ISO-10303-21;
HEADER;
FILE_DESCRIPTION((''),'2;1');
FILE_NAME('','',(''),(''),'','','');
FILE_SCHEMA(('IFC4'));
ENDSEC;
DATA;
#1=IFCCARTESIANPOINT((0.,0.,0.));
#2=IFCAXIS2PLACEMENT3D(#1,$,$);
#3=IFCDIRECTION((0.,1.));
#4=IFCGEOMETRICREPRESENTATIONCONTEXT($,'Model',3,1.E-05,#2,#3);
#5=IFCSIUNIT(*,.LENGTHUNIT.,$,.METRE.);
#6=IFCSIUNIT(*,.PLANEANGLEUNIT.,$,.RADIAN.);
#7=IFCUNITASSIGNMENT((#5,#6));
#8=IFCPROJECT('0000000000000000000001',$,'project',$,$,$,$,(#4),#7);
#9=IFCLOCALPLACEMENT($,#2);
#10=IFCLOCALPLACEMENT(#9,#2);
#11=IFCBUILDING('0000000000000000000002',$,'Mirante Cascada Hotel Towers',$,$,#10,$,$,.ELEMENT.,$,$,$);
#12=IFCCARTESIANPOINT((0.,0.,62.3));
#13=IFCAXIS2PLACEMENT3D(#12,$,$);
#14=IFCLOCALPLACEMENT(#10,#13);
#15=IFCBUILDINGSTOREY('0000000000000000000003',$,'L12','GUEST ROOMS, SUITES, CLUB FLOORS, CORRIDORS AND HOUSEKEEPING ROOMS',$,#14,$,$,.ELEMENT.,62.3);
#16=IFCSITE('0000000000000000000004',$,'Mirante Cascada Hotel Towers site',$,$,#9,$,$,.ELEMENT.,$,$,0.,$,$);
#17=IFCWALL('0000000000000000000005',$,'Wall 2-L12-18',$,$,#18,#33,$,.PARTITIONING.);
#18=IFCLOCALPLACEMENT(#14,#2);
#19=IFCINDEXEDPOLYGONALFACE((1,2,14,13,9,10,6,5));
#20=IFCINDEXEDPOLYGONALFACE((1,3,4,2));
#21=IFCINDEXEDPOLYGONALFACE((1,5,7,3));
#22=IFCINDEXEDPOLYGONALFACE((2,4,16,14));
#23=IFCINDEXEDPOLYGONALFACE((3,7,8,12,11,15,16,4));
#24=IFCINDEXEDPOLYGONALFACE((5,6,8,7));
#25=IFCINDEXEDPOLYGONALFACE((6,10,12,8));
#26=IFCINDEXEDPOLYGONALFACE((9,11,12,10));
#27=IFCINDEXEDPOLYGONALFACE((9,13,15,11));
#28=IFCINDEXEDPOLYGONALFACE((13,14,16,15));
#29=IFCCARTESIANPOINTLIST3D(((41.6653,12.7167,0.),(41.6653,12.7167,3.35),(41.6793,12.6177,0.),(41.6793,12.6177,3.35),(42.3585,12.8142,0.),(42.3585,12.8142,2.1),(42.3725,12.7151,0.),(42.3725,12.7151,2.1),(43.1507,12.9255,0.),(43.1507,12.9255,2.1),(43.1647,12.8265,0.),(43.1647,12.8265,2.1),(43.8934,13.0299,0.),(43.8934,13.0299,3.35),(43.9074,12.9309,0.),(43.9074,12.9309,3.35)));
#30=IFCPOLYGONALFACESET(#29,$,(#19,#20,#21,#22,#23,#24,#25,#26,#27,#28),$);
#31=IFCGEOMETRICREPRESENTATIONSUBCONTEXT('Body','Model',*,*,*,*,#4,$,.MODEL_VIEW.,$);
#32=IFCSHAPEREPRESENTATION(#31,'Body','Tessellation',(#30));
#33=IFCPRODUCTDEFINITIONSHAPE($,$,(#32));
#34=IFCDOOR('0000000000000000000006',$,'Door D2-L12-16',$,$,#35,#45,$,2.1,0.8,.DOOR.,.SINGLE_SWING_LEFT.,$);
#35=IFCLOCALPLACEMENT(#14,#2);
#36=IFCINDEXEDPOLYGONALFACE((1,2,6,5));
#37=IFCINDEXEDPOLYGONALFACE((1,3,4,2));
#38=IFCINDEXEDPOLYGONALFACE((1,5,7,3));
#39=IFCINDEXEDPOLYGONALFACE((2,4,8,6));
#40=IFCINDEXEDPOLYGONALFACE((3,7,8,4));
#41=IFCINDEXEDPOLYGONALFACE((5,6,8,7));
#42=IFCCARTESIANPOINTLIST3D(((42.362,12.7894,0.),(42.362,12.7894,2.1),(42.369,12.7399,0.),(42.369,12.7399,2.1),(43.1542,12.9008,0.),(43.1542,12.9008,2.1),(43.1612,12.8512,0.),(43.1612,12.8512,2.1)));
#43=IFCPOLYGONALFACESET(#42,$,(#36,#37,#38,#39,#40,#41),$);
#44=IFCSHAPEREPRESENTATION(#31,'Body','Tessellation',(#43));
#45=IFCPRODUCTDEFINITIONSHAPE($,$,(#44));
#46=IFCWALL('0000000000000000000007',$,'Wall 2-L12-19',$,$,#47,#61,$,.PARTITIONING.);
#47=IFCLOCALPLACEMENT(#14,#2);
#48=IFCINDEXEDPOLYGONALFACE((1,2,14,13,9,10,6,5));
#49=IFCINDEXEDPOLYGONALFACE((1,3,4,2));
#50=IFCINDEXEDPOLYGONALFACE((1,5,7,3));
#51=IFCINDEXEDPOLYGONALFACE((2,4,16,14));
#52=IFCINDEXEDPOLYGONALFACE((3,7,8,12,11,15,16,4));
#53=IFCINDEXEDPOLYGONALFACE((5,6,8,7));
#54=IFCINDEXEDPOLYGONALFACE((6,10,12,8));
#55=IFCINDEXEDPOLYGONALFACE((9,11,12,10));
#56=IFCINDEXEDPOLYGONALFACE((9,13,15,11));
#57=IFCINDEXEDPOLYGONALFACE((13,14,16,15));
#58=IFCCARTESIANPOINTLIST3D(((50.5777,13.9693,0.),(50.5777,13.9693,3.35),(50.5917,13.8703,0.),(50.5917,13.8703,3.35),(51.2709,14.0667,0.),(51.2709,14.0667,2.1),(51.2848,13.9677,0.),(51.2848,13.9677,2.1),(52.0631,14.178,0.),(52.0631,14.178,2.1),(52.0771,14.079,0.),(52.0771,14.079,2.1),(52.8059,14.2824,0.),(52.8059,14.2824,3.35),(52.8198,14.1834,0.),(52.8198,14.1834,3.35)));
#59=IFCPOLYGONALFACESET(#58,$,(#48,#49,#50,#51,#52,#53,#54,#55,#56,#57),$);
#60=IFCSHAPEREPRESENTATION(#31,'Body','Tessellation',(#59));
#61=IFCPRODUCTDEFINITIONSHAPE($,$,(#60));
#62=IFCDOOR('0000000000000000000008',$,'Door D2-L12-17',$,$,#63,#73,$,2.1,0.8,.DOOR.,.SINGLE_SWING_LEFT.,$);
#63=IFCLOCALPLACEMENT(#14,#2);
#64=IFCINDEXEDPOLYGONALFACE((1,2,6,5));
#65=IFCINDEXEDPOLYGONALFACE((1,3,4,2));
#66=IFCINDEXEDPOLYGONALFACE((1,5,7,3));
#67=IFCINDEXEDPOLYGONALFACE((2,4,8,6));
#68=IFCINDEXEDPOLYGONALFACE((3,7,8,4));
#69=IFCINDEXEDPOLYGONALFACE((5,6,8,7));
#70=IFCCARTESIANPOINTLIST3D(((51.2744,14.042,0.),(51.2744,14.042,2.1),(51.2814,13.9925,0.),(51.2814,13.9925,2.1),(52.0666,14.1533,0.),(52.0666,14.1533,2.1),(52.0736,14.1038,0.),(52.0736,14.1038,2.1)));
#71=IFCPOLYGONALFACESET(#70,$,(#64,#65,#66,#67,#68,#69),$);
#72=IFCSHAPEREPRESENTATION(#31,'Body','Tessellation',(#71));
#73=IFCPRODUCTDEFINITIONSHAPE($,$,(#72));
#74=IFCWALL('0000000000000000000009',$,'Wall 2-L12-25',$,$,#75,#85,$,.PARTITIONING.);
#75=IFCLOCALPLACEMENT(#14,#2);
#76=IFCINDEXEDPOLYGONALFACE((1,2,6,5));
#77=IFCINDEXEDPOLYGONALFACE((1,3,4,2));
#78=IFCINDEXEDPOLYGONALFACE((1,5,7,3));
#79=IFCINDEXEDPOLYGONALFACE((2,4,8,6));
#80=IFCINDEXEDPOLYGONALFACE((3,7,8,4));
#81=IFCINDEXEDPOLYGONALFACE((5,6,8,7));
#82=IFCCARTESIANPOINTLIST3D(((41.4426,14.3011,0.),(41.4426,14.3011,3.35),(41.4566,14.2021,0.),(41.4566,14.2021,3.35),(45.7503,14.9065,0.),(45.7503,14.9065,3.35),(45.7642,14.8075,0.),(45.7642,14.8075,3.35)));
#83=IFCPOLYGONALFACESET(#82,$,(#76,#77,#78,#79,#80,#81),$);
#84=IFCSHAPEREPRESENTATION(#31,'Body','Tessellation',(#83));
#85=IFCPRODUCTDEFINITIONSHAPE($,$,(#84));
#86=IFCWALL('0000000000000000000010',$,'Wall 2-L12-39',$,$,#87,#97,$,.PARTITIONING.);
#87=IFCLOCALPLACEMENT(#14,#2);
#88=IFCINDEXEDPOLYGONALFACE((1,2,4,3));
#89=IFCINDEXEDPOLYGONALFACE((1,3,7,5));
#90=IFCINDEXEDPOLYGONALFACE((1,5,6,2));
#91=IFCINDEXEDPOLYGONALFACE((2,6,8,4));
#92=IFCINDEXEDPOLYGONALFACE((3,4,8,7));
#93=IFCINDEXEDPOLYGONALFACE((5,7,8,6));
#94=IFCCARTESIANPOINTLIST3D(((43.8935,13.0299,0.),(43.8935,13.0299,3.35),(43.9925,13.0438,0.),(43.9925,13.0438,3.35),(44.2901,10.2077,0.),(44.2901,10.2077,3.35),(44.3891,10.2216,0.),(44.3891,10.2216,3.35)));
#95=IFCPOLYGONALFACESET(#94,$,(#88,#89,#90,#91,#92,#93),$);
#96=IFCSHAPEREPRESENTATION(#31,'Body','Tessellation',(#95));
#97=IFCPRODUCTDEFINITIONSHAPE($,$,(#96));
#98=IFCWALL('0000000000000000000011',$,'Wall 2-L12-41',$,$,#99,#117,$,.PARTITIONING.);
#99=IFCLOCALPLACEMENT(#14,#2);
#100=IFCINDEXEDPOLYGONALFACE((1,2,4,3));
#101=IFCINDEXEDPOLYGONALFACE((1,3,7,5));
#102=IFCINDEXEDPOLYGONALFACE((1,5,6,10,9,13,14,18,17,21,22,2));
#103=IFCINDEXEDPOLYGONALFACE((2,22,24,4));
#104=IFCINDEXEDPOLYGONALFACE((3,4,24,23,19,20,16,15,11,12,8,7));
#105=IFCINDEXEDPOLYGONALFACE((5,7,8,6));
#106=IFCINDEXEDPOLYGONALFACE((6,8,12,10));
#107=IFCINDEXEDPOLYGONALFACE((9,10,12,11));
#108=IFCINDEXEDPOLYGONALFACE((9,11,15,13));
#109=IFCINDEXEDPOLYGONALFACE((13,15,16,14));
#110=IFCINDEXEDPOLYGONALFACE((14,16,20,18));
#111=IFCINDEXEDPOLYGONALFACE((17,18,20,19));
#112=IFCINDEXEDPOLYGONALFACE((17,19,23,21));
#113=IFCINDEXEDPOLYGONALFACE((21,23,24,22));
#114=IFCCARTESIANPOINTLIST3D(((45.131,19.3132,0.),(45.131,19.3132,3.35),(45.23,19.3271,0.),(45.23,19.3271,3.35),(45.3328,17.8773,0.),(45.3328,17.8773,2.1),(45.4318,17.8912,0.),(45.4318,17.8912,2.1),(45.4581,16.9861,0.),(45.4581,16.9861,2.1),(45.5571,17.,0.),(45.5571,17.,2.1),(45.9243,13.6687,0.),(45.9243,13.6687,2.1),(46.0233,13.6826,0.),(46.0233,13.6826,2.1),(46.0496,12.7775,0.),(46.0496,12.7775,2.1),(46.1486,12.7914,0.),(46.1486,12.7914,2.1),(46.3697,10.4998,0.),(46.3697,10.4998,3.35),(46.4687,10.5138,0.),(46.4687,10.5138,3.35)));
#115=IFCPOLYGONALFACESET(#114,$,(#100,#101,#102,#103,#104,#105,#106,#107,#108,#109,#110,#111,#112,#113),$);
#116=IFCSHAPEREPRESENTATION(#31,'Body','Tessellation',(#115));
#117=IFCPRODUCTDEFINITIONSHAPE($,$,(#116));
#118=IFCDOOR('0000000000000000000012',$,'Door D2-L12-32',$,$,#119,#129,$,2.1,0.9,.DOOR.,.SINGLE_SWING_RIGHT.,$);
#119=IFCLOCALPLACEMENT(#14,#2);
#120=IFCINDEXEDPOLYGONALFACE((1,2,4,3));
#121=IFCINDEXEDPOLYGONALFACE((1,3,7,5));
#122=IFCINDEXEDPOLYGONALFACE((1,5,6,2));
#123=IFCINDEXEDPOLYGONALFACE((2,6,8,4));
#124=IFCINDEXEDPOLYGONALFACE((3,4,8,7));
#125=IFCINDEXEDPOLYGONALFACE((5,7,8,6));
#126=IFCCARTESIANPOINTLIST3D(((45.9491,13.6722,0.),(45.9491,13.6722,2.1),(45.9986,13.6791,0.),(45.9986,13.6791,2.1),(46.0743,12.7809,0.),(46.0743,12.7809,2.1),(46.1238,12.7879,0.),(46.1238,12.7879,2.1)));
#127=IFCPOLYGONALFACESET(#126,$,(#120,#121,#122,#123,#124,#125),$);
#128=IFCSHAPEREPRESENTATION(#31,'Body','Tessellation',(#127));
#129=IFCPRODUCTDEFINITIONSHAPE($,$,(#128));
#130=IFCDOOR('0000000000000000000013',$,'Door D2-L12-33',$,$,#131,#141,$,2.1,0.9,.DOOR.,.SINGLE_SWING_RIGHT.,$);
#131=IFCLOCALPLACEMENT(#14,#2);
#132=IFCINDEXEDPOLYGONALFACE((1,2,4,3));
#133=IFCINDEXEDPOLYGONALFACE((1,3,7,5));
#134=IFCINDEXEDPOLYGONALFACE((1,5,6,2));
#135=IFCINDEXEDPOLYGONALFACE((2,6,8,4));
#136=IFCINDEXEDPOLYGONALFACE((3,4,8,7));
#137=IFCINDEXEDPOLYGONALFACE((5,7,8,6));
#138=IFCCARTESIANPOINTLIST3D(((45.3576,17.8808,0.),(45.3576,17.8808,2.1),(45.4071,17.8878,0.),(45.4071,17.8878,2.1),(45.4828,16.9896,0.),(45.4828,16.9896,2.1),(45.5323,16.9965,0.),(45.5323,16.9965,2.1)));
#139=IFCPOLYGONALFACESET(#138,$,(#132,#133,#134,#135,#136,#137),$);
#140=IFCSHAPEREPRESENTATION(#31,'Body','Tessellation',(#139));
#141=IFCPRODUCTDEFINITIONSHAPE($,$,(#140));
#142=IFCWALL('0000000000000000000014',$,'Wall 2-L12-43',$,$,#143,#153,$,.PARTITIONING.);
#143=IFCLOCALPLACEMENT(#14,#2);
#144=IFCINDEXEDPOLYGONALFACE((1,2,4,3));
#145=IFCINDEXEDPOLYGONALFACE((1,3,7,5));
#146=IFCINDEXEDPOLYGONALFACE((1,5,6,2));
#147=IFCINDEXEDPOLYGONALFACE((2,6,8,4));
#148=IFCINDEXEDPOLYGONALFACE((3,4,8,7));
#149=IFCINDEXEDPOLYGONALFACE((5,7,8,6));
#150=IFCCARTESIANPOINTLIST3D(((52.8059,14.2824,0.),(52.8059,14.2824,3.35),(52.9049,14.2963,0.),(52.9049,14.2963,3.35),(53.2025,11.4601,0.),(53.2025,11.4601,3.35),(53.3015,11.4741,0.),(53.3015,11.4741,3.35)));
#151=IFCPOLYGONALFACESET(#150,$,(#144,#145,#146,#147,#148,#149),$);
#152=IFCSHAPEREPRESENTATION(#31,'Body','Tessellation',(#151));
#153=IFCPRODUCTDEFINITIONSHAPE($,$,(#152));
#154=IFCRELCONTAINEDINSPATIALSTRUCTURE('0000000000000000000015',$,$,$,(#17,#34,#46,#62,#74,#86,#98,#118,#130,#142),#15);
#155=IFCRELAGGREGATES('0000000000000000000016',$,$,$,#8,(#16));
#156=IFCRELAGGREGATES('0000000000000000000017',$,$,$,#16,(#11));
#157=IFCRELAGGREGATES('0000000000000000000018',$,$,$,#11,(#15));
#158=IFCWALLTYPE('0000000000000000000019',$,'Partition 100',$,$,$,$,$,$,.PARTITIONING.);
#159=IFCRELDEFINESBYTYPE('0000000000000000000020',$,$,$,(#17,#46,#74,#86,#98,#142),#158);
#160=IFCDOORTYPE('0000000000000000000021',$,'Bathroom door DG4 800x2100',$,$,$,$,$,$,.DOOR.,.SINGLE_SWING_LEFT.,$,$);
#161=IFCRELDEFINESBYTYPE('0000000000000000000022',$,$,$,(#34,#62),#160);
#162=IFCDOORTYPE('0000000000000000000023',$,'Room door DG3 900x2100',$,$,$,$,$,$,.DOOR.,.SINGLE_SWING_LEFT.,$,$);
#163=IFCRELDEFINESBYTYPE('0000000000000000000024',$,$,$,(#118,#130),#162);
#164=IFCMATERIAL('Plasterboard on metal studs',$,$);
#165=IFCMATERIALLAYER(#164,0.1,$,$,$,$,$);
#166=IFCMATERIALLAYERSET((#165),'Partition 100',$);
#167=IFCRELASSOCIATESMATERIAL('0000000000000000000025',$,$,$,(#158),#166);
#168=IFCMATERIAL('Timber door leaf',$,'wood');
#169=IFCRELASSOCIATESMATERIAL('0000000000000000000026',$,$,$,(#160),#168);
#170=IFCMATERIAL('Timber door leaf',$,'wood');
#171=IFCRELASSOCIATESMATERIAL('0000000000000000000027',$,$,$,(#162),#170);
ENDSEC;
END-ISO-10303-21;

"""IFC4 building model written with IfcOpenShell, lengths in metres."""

from ifc_helpers import new_model, si_unit, direction, frame, frame_2d, origin, place, context, subcontext, project, spatial, rectangle, extrude, material, layer, layer_set, type_object, element, fill, save


model = new_model("IFC4")

# Units and contexts
model_context = context("Model", 3, precision=1e-05, world=origin(), true_north=direction((0.0, 1.0)))
body_context = subcontext(model_context, "Body", "Model", "MODEL_VIEW")
ifc_project = project(units=[si_unit("LENGTHUNIT", "METRE"), si_unit("PLANEANGLEUNIT", "RADIAN")], contexts=[model_context])

# Site, building, storey
site_placement = place(None, origin())
site = spatial("IfcSite", under=ifc_project, at=site_placement, Name="Mirante Cascada Hotel Towers site", CompositionType="ELEMENT", RefElevation=0.0)
building_placement = place(site_placement, origin())
building = spatial("IfcBuilding", under=site, at=building_placement, Name="Mirante Cascada Hotel Towers", CompositionType="ELEMENT")
storey_placement = place(building_placement, frame((0.0, 0.0, 62.3)))
storey = spatial("IfcBuildingStorey", under=building, at=storey_placement, Name="L12", Description="GUEST ROOMS, SUITES, CLUB FLOORS, CORRIDORS AND HOUSEKEEPING ROOMS", CompositionType="ELEMENT", Elevation=62.3)

# Walls, openings, doors
ifc_material_1 = material(Name="Plasterboard on metal studs")
ifc_layer_1 = layer(ifc_material_1, 0.1)
ifc_layer_set_1 = layer_set([ifc_layer_1], Name="Partition 100")
wall_type_1 = type_object("IfcWallType", Name="Partition 100", PredefinedType="PARTITIONING", material=ifc_layer_set_1)
wall_1_placement = place(storey_placement, frame((43.9004, 12.9804, 0.0), z_axis=(0.0, 0.0, 1.0), x_axis=(-0.990264, -0.1392, 0.0)))
wall_1 = element("IfcWall", 1, at=wall_1_placement, inside=storey, type_object=wall_type_1, Name="Wall 2-L12-18", PredefinedType="PARTITIONING", context=body_context, shape_type="SweptSolid", body=[
    extrude(rectangle(XDim=2.25, YDim=0.1, at=frame_2d((1.125, 0.0))), origin(), (0.0, 0.0, 1.0), 3.35),
])
opening_1_placement = place(wall_1_placement, frame((0.75, 0.0, 0.0)))
opening_1 = element("IfcOpeningElement", 2, at=opening_1_placement, cuts=wall_1, PredefinedType="OPENING", context=body_context, shape_type="SweptSolid", body=[
    extrude(rectangle(XDim=0.8, YDim=2.1, at=frame_2d((0.4, 1.05))), frame((0.0, 0.05, 0.0), z_axis=(0.0, -1.0, 0.0), x_axis=(1.0, 0.0, 0.0)), (0.0, 0.0, 1.0), 0.1),
])
ifc_material_2 = material(Name="Timber door leaf", Category="wood")
door_type_1 = type_object("IfcDoorType", Name="Bathroom door DG4 800x2100", OperationType="SINGLE_SWING_LEFT", PredefinedType="DOOR", material=ifc_material_2)
door_1_placement = place(opening_1_placement, origin())
door_1 = element("IfcDoor", 3, at=door_1_placement, inside=storey, type_object=door_type_1, Name="Door D2-L12-16", OperationType="SINGLE_SWING_LEFT", OverallHeight=2.1, OverallWidth=0.8, PredefinedType="DOOR", context=body_context, shape_type="SweptSolid", body=[
    extrude(rectangle(XDim=0.8, YDim=2.1, at=frame_2d((0.4, 1.05))), frame((0.0, 0.025, 0.0), z_axis=(0.0, -1.0, 0.0), x_axis=(1.0, 0.0, 0.0)), (0.0, 0.0, 1.0), 0.05),
])
fill(opening_1, door_1)
wall_2_placement = place(storey_placement, frame((50.5847, 13.9198, 0.0), z_axis=(0.0, 0.0, 1.0), x_axis=(0.990271, 0.139156, 0.0)))
wall_2 = element("IfcWall", 4, at=wall_2_placement, inside=storey, type_object=wall_type_1, Name="Wall 2-L12-19", PredefinedType="PARTITIONING", context=body_context, shape_type="SweptSolid", body=[
    extrude(rectangle(XDim=2.25, YDim=0.1, at=frame_2d((1.125, 0.0))), origin(), (0.0, 0.0, 1.0), 3.35),
])
opening_2_placement = place(wall_2_placement, frame((0.7, 0.0, 0.0)))
opening_2 = element("IfcOpeningElement", 5, at=opening_2_placement, cuts=wall_2, PredefinedType="OPENING", context=body_context, shape_type="SweptSolid", body=[
    extrude(rectangle(XDim=0.8, YDim=2.1, at=frame_2d((0.4, 1.05))), frame((0.0, 0.05, 0.0), z_axis=(0.0, -1.0, 0.0), x_axis=(1.0, 0.0, 0.0)), (0.0, 0.0, 1.0), 0.1),
])
door_2_placement = place(opening_2_placement, origin())
door_2 = element("IfcDoor", 6, at=door_2_placement, inside=storey, type_object=door_type_1, Name="Door D2-L12-17", OperationType="SINGLE_SWING_LEFT", OverallHeight=2.1, OverallWidth=0.8, PredefinedType="DOOR", context=body_context, shape_type="SweptSolid", body=[
    extrude(rectangle(XDim=0.8, YDim=2.1, at=frame_2d((0.4, 1.05))), frame((0.0, 0.025, 0.0), z_axis=(0.0, -1.0, 0.0), x_axis=(1.0, 0.0, 0.0)), (0.0, 0.0, 1.0), 0.05),
])
fill(opening_2, door_2)

# Walls
wall_3_placement = place(storey_placement, frame((41.4496, 14.2516, 0.0), z_axis=(0.0, 0.0, 1.0), x_axis=(0.990268, 0.139171, 0.0)))
element("IfcWall", 7, at=wall_3_placement, inside=storey, type_object=wall_type_1, Name="Wall 2-L12-25", PredefinedType="PARTITIONING", context=body_context, shape_type="SweptSolid", body=[
    extrude(rectangle(XDim=4.35, YDim=0.1, at=frame_2d((2.175, 0.0))), origin(), (0.0, 0.0, 1.0), 3.35),
])
wall_4_placement = place(storey_placement, frame((44.3396, 10.2146, 0.0), z_axis=(0.0, 0.0, 1.0), x_axis=(-0.139161, 0.99027, 0.0)))
element("IfcWall", 8, at=wall_4_placement, inside=storey, type_object=wall_type_1, Name="Wall 2-L12-39", PredefinedType="PARTITIONING", context=body_context, shape_type="SweptSolid", body=[
    extrude(rectangle(XDim=2.8499, YDim=0.1, at=frame_2d((1.425, 0.0))), origin(), (0.0, 0.0, 1.0), 3.35),
])

# Wall, openings, doors
wall_5_placement = place(storey_placement, frame((46.4192, 10.5068, 0.0), z_axis=(0.0, 0.0, 1.0), x_axis=(-0.139179, 0.990267, 0.0)))
wall_5 = element("IfcWall", 9, at=wall_5_placement, inside=storey, type_object=wall_type_1, Name="Wall 2-L12-41", PredefinedType="PARTITIONING", context=body_context, shape_type="SweptSolid", body=[
    extrude(rectangle(XDim=8.9, YDim=0.1, at=frame_2d((4.45, 0.0))), origin(), (0.0, 0.0, 1.0), 3.35),
])
opening_3_placement = place(wall_5_placement, frame((2.3, 0.0, 0.0)))
opening_3 = element("IfcOpeningElement", 10, at=opening_3_placement, cuts=wall_5, PredefinedType="OPENING", context=body_context, shape_type="SweptSolid", body=[
    extrude(rectangle(XDim=0.9, YDim=2.1, at=frame_2d((0.45, 1.05))), frame((0.0, 0.05, 0.0), z_axis=(0.0, -1.0, 0.0), x_axis=(1.0, 0.0, 0.0)), (0.0, 0.0, 1.0), 0.1),
])
opening_4_placement = place(wall_5_placement, frame((6.55, 0.0, 0.0)))
opening_4 = element("IfcOpeningElement", 11, at=opening_4_placement, cuts=wall_5, PredefinedType="OPENING", context=body_context, shape_type="SweptSolid", body=[
    extrude(rectangle(XDim=0.9, YDim=2.1, at=frame_2d((0.45, 1.05))), frame((0.0, 0.05, 0.0), z_axis=(0.0, -1.0, 0.0), x_axis=(1.0, 0.0, 0.0)), (0.0, 0.0, 1.0), 0.1),
])
ifc_material_3 = material(Name="Timber door leaf", Category="wood")
door_type_2 = type_object("IfcDoorType", Name="Room door DG3 900x2100", OperationType="SINGLE_SWING_LEFT", PredefinedType="DOOR", material=ifc_material_3)
door_3_placement = place(opening_3_placement, frame((0.9, 0.0, 0.0), z_axis=(0.0, 0.0, 1.0), x_axis=(-1.0, 0.0, 0.0)))
door_3 = element("IfcDoor", 12, at=door_3_placement, inside=storey, type_object=door_type_2, Name="Door D2-L12-32", OperationType="SINGLE_SWING_RIGHT", OverallHeight=2.1, OverallWidth=0.9, PredefinedType="DOOR", context=body_context, shape_type="SweptSolid", body=[
    extrude(rectangle(XDim=0.9, YDim=2.1, at=frame_2d((0.45, 1.05))), frame((0.0, 0.025, 0.0), z_axis=(0.0, -1.0, 0.0), x_axis=(1.0, 0.0, 0.0)), (0.0, 0.0, 1.0), 0.05),
])
fill(opening_3, door_3)
door_4_placement = place(opening_4_placement, frame((0.9, 0.0, 0.0), z_axis=(0.0, 0.0, 1.0), x_axis=(-1.0, 0.0, 0.0)))
door_4 = element("IfcDoor", 13, at=door_4_placement, inside=storey, type_object=door_type_2, Name="Door D2-L12-33", OperationType="SINGLE_SWING_RIGHT", OverallHeight=2.1, OverallWidth=0.9, PredefinedType="DOOR", context=body_context, shape_type="SweptSolid", body=[
    extrude(rectangle(XDim=0.9, YDim=2.1, at=frame_2d((0.45, 1.05))), frame((0.0, 0.025, 0.0), z_axis=(0.0, -1.0, 0.0), x_axis=(1.0, 0.0, 0.0)), (0.0, 0.0, 1.0), 0.05),
])
fill(opening_4, door_4)

# Wall
wall_6_placement = place(storey_placement, frame((53.252, 11.4671, 0.0), z_axis=(0.0, 0.0, 1.0), x_axis=(-0.139156, 0.99027, 0.0)))
element("IfcWall", 14, at=wall_6_placement, inside=storey, type_object=wall_type_1, Name="Wall 2-L12-43", PredefinedType="PARTITIONING", context=body_context, shape_type="SweptSolid", body=[
    extrude(rectangle(XDim=2.85, YDim=0.1, at=frame_2d((1.425, 0.0))), origin(), (0.0, 0.0, 1.0), 3.35),
])

save(model, "model.ifc")
